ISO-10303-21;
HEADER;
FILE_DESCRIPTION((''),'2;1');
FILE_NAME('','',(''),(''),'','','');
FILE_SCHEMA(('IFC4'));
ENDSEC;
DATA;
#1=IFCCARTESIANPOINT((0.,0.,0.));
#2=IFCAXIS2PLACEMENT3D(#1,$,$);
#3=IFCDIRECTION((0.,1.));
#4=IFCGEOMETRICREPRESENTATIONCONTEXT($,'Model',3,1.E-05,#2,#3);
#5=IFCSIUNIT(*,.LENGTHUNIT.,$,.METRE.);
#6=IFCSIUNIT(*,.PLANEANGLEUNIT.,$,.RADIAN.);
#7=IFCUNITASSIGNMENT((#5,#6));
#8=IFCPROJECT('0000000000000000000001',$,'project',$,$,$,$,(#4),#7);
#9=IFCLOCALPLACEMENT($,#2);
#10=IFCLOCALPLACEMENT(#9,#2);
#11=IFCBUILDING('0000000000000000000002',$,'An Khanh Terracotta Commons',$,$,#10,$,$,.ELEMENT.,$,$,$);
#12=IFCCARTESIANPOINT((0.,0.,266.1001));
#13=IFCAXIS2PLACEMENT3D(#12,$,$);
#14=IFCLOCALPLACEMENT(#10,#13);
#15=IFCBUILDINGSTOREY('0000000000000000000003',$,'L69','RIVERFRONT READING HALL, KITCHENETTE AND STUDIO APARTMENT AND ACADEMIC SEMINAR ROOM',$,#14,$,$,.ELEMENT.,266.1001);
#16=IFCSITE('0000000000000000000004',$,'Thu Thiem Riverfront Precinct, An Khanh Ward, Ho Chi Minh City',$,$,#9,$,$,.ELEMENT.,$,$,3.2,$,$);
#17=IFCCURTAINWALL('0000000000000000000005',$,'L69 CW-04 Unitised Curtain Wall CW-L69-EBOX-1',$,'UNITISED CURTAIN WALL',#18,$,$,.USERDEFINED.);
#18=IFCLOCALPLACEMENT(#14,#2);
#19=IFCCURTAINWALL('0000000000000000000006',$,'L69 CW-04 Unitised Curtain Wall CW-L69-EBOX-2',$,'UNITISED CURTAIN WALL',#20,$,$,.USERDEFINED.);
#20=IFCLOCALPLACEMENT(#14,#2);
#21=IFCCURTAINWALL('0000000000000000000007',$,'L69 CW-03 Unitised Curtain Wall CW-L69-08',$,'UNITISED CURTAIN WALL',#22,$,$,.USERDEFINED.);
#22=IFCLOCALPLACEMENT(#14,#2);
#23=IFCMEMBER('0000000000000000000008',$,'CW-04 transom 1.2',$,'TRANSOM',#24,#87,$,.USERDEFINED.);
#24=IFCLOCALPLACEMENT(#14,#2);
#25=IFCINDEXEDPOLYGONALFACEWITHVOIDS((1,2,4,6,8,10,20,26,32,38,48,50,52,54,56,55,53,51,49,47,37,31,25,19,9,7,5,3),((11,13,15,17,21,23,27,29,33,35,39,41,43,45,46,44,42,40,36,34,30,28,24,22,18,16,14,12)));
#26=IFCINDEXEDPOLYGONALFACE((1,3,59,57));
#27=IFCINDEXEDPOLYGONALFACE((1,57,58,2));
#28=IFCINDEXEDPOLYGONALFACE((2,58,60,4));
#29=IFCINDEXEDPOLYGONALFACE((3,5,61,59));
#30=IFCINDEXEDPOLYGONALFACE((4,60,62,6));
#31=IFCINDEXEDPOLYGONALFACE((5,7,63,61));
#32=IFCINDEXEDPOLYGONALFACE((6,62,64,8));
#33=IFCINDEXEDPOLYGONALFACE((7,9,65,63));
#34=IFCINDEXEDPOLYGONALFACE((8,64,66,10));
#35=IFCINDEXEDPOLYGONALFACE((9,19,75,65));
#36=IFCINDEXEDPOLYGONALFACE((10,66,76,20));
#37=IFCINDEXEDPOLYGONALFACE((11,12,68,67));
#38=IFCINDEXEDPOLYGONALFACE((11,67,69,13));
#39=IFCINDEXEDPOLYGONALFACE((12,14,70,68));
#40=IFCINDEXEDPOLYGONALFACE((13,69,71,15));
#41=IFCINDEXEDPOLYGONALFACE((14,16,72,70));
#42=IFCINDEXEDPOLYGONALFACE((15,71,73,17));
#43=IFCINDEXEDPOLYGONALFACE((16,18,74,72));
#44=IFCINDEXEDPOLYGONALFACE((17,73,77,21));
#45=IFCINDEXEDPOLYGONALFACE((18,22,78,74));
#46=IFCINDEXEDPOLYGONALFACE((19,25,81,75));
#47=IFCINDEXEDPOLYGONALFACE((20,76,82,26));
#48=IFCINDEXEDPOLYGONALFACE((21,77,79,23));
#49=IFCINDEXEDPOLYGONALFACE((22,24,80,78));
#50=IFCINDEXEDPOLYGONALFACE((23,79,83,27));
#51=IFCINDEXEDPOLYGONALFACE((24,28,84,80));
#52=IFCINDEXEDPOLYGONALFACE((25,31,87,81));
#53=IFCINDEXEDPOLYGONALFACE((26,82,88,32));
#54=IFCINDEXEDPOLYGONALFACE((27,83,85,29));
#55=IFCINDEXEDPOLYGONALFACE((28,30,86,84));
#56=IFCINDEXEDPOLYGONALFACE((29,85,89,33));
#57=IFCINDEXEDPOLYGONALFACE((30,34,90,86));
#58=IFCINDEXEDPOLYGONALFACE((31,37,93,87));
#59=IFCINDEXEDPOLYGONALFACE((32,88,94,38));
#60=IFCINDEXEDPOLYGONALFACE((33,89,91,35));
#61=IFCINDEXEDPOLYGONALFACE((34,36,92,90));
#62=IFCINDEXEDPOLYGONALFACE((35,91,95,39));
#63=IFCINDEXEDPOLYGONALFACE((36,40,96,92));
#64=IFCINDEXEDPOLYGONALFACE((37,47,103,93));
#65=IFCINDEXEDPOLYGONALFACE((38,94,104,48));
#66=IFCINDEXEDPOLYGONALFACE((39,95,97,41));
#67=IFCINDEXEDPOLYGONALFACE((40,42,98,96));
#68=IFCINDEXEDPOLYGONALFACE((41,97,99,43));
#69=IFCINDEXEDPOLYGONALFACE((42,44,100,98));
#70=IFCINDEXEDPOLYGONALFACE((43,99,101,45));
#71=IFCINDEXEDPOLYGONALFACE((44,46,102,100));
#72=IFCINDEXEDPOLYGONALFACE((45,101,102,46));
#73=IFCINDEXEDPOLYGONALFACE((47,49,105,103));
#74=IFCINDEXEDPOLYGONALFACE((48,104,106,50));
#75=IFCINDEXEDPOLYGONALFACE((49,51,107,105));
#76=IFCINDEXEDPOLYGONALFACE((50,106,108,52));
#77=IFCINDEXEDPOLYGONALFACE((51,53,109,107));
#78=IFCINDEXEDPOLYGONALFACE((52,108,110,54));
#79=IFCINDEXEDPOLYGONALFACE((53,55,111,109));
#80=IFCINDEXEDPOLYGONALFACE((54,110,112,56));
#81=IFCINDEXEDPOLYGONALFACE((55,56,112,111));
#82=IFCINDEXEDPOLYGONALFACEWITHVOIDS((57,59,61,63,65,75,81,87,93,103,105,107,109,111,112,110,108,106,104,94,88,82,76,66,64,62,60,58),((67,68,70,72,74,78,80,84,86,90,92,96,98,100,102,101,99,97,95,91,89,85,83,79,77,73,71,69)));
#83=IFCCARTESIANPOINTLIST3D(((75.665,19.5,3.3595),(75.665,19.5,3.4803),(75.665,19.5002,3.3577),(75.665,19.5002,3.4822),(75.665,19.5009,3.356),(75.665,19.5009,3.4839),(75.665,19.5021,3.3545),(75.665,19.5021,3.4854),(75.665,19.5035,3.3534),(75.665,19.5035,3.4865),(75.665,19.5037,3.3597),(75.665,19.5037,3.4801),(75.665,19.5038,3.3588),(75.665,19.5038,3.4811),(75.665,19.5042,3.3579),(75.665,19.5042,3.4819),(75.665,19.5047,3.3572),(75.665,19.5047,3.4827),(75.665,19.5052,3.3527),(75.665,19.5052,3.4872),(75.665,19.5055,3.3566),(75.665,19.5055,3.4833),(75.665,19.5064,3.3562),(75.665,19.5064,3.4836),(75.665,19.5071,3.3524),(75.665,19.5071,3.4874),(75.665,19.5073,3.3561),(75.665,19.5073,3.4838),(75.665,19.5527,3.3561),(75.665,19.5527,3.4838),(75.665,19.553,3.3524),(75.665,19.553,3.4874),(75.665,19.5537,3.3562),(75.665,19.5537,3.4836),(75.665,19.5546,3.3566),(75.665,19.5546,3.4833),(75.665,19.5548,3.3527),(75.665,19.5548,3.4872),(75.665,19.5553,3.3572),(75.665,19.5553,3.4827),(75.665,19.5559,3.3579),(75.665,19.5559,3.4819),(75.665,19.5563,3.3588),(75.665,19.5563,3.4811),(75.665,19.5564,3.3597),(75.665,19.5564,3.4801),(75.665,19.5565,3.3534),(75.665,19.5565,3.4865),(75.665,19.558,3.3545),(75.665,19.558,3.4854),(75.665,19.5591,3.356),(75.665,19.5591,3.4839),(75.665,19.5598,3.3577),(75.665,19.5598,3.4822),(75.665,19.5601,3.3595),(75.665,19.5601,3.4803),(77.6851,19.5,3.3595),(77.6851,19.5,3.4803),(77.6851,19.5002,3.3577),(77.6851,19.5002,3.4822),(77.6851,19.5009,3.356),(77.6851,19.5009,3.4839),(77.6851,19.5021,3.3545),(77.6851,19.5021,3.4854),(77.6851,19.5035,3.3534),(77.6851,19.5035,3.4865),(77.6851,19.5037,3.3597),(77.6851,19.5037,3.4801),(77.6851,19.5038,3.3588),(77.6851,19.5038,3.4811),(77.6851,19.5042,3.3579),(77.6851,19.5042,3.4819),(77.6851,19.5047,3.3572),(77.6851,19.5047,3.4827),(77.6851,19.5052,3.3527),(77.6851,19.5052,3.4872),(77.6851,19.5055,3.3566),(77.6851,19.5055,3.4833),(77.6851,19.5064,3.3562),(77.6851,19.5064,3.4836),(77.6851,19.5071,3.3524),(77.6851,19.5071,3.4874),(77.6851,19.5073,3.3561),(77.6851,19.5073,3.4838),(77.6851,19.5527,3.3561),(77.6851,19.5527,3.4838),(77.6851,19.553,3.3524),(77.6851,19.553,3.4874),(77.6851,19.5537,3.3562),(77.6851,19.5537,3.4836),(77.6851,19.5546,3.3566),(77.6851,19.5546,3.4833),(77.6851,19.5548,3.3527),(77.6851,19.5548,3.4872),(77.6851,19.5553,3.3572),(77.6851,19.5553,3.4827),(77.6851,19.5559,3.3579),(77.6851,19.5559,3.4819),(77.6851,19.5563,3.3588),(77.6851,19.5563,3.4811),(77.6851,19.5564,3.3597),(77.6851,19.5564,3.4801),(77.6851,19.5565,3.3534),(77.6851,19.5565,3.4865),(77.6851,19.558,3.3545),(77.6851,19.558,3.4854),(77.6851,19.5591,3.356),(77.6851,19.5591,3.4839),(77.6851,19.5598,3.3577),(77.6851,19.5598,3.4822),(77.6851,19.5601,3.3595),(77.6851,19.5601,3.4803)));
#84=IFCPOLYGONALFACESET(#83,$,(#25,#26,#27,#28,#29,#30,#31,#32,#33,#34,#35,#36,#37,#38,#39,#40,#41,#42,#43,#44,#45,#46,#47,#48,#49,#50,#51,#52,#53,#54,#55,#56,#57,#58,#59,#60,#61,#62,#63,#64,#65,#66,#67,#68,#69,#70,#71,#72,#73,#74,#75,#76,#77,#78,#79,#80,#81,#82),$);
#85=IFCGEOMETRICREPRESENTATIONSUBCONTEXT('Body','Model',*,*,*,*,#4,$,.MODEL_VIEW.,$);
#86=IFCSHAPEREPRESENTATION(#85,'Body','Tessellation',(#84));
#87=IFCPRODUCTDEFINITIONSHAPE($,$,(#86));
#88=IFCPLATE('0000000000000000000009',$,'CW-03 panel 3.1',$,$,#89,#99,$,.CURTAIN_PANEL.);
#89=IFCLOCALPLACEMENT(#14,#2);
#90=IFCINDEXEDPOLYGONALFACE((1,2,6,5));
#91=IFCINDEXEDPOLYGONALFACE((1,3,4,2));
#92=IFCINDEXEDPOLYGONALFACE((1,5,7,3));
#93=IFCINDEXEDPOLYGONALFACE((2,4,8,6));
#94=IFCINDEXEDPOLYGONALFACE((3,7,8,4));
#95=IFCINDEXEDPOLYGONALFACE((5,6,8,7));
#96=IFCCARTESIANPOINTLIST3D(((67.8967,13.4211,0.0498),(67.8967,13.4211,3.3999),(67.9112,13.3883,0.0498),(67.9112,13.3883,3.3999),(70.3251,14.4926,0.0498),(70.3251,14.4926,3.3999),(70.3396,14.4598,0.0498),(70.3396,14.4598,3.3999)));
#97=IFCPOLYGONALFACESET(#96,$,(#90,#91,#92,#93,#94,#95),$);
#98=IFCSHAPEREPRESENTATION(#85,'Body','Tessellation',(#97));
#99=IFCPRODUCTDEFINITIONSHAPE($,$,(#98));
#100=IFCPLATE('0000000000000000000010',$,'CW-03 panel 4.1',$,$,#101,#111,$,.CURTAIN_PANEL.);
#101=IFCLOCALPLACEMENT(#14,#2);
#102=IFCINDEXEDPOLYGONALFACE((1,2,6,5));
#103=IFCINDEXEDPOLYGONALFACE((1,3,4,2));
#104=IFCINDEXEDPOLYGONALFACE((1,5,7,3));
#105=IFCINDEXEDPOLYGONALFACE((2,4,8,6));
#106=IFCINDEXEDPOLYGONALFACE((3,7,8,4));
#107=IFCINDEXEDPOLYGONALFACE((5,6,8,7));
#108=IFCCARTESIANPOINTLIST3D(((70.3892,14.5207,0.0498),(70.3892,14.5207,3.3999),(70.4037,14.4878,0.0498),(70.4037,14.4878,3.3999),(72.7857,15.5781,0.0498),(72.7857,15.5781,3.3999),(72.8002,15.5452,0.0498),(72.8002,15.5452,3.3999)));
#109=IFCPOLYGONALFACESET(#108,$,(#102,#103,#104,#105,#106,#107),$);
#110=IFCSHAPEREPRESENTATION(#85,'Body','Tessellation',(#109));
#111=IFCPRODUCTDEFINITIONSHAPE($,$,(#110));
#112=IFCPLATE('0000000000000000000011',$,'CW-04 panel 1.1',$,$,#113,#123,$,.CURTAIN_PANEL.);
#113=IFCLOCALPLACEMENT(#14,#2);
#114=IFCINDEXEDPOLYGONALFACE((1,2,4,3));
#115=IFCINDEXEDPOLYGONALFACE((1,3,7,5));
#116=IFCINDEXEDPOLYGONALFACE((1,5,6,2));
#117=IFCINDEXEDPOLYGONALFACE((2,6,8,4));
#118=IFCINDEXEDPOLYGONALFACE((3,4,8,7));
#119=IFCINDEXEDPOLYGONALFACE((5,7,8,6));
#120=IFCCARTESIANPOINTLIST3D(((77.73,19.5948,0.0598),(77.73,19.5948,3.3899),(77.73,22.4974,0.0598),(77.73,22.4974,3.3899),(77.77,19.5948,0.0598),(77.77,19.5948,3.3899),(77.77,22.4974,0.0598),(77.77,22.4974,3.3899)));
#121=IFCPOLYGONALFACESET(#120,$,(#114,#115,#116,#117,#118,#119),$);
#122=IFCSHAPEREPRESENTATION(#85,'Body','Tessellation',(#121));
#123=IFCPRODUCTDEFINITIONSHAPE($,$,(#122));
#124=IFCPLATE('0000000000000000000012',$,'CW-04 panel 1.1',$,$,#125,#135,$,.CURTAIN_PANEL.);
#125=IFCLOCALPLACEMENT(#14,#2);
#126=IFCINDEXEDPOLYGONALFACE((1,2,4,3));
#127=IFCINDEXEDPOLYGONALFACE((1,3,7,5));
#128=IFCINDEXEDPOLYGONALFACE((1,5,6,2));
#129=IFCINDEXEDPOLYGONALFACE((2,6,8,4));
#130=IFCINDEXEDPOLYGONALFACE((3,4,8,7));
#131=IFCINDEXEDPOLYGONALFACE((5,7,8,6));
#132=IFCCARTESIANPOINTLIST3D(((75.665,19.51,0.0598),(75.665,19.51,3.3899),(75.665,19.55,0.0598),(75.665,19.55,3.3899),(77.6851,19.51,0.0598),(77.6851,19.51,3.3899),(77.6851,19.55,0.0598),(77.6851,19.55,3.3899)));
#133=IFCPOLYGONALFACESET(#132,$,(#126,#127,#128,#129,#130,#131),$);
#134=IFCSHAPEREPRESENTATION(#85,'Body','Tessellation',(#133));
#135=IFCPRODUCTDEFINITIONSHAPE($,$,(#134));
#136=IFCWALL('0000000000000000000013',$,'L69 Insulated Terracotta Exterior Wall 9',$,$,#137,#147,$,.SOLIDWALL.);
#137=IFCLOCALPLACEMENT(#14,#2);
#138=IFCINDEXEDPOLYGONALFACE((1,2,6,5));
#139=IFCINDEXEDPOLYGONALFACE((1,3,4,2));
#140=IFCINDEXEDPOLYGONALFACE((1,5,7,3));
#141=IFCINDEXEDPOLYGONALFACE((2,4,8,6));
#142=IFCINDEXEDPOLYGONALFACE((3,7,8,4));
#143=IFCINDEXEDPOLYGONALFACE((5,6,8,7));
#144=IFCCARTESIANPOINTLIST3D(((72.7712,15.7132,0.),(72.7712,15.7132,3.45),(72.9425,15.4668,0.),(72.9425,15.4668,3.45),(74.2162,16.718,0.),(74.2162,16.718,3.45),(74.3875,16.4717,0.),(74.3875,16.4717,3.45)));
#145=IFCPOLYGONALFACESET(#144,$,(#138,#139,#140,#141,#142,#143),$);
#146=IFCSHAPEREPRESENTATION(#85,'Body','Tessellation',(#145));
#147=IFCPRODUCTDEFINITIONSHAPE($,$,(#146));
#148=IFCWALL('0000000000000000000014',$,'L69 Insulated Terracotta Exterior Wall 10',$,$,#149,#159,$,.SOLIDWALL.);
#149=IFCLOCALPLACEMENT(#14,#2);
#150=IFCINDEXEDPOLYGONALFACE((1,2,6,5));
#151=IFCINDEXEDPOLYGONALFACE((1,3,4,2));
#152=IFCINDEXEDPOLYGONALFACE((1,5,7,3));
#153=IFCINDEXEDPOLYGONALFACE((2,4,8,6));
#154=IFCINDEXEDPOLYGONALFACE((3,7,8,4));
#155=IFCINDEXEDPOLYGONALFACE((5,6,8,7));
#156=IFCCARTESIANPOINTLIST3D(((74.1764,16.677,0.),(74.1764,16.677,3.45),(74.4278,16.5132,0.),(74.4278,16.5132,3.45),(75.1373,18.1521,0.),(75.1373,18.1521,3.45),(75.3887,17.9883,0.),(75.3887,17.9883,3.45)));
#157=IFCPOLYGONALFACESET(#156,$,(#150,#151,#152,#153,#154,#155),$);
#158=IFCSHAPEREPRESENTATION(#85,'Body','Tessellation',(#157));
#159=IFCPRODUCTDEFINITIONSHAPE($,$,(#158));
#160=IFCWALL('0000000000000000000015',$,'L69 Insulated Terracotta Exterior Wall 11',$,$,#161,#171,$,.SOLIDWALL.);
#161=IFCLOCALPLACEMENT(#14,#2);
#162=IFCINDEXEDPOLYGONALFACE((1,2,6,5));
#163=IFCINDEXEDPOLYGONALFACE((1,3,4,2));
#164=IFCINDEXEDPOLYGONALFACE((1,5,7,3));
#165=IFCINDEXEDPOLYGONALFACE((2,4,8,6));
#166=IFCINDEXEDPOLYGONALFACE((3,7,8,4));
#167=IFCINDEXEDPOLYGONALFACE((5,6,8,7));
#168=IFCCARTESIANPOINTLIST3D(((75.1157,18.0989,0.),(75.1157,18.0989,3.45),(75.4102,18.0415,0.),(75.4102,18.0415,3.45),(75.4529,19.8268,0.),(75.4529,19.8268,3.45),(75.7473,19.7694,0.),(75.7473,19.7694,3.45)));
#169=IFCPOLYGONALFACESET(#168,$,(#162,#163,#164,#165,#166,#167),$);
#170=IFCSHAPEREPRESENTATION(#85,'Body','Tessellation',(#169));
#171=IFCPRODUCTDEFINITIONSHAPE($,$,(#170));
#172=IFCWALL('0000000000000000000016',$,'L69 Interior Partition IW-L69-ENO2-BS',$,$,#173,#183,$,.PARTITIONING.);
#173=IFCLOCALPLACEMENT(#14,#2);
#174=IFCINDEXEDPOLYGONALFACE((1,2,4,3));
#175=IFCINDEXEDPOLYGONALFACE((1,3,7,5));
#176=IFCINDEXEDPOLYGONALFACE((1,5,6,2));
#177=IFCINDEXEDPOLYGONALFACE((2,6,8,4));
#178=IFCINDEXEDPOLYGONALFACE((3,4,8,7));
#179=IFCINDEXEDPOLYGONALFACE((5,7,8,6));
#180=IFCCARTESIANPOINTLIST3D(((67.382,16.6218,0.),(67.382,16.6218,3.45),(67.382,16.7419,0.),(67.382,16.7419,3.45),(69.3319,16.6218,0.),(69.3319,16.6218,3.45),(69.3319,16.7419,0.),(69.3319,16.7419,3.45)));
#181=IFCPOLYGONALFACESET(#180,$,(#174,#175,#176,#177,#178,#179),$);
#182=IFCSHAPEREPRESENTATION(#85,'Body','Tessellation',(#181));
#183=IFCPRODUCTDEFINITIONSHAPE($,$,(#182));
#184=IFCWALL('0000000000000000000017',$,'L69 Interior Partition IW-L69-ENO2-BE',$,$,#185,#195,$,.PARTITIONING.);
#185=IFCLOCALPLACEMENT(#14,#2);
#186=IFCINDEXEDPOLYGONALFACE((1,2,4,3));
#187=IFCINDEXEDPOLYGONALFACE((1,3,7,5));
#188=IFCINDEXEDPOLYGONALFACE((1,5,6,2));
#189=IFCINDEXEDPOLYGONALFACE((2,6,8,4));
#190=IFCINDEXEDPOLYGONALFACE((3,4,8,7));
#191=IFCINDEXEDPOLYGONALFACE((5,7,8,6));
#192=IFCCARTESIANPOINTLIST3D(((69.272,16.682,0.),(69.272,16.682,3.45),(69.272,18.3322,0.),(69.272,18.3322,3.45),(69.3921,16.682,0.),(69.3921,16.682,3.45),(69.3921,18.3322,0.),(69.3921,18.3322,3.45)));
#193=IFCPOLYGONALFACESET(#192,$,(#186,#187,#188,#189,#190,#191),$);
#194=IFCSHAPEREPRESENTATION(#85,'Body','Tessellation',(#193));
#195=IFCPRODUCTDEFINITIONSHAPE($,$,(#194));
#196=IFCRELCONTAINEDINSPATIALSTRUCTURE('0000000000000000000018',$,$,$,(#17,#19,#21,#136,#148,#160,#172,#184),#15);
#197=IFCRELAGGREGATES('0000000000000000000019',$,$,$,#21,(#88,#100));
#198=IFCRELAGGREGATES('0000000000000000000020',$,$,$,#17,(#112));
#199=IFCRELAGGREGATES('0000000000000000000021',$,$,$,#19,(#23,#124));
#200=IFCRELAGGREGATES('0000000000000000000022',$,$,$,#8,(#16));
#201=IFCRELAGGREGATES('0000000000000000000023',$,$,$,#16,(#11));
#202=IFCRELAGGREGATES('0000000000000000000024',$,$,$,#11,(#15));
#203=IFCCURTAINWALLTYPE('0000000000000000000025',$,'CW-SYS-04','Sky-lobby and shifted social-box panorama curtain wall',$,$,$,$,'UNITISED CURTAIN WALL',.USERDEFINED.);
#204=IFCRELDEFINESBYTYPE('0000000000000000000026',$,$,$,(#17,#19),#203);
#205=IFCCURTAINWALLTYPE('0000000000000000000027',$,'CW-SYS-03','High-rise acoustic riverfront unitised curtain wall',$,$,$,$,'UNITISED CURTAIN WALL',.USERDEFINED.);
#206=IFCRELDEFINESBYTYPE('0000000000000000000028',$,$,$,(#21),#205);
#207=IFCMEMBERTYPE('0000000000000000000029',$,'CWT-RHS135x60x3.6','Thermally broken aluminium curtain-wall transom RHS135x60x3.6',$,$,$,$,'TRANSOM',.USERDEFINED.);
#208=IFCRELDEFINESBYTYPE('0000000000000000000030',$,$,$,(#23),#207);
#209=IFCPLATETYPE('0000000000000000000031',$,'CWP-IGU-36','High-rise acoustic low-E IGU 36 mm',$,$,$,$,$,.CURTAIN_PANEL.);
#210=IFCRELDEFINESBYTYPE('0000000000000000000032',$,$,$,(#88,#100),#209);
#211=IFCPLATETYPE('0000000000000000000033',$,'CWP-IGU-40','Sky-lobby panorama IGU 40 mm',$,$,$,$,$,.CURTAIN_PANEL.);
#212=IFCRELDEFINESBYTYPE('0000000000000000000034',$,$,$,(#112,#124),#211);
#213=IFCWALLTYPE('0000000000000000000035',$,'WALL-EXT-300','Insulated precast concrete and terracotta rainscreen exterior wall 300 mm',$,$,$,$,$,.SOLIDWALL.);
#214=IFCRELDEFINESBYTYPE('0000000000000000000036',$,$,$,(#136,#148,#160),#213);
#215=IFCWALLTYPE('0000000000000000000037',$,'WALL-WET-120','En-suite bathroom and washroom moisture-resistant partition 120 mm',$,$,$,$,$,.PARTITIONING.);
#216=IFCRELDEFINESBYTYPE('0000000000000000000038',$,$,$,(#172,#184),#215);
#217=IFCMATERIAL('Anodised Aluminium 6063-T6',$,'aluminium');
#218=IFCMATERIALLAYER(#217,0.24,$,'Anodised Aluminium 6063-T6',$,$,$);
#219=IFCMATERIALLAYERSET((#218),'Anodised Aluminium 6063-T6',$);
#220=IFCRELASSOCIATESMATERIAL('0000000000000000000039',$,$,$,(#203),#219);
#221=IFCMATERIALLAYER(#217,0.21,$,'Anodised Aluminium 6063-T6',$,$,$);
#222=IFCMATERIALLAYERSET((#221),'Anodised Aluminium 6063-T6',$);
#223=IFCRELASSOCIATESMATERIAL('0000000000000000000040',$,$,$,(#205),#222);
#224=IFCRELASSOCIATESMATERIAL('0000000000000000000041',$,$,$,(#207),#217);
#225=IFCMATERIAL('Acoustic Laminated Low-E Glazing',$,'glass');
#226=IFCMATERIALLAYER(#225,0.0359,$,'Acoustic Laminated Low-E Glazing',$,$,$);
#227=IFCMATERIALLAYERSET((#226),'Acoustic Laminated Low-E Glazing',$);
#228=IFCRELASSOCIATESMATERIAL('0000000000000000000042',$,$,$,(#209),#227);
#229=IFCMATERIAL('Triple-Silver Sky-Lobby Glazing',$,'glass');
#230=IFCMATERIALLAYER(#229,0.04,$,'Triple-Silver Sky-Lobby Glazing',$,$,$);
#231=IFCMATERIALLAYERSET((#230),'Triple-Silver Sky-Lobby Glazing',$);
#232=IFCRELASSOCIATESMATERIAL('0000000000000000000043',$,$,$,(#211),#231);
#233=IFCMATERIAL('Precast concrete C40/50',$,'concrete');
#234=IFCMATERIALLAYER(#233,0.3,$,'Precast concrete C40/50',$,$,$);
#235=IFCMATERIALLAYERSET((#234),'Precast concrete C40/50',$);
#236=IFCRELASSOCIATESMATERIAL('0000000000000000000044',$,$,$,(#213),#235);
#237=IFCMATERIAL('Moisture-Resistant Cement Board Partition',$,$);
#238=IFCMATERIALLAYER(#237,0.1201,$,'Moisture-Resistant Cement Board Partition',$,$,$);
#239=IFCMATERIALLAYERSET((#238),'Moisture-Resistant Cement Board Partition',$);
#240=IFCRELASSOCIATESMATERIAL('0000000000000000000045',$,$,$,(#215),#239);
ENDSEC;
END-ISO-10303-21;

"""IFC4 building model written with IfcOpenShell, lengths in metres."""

from ifc_helpers import new_model, si_unit, direction, frame, frame_2d, origin, origin_2d, place, context, subcontext, project, spatial, rectangle, hollow_rectangle, extrude, material, layer, layer_set, material_profile, profile_set, type_object, element, aggregate, save


model = new_model("IFC4")

# Units and contexts
model_context = context("Model", 3, precision=1e-05, world=origin(), true_north=direction((0.0, 1.0)))
body_context = subcontext(model_context, "Body", "Model", "MODEL_VIEW")
ifc_project = project(units=[si_unit("LENGTHUNIT", "METRE"), si_unit("PLANEANGLEUNIT", "RADIAN")], contexts=[model_context])

# Site, building, storey
site_placement = place(None, origin())
site = spatial("IfcSite", under=ifc_project, at=site_placement, Name="Thu Thiem Riverfront Precinct, An Khanh Ward, Ho Chi Minh City", CompositionType="ELEMENT", RefElevation=3.2)
building_placement = place(site_placement, origin())
building = spatial("IfcBuilding", under=site, at=building_placement, Name="An Khanh Terracotta Commons", CompositionType="ELEMENT")
storey_placement = place(building_placement, frame((0.0, 0.0, 266.1001)))
storey = spatial("IfcBuildingStorey", under=building, at=storey_placement, Name="L69", Description="RIVERFRONT READING HALL, KITCHENETTE AND STUDIO APARTMENT AND ACADEMIC SEMINAR ROOM", CompositionType="ELEMENT", Elevation=266.1001)

# Curtain walls
ifc_material_1 = material(Name="Anodised Aluminium 6063-T6", Category="aluminium")
ifc_layer_1 = layer(ifc_material_1, 0.24, Name="Anodised Aluminium 6063-T6")
ifc_layer_set_1 = layer_set([ifc_layer_1], Name="Anodised Aluminium 6063-T6")
curtain_wall_type_1 = type_object("IfcCurtainWallType", Name="CW-SYS-04", Description="Sky-lobby and shifted social-box panorama curtain wall", ElementType="UNITISED CURTAIN WALL", PredefinedType="USERDEFINED", material=ifc_layer_set_1)
curtain_wall_1_placement = place(storey_placement, origin())
curtain_wall_1 = element("IfcCurtainWall", 1, at=curtain_wall_1_placement, inside=storey, type_object=curtain_wall_type_1, Name="L69 CW-04 Unitised Curtain Wall CW-L69-EBOX-1", ObjectType="UNITISED CURTAIN WALL", PredefinedType="USERDEFINED")
curtain_wall_2_placement = place(storey_placement, origin())
curtain_wall_2 = element("IfcCurtainWall", 2, at=curtain_wall_2_placement, inside=storey, type_object=curtain_wall_type_1, Name="L69 CW-04 Unitised Curtain Wall CW-L69-EBOX-2", ObjectType="UNITISED CURTAIN WALL", PredefinedType="USERDEFINED")
ifc_layer_2 = layer(ifc_material_1, 0.21, Name="Anodised Aluminium 6063-T6")
ifc_layer_set_2 = layer_set([ifc_layer_2], Name="Anodised Aluminium 6063-T6")
curtain_wall_type_2 = type_object("IfcCurtainWallType", Name="CW-SYS-03", Description="High-rise acoustic riverfront unitised curtain wall", ElementType="UNITISED CURTAIN WALL", PredefinedType="USERDEFINED", material=ifc_layer_set_2)
curtain_wall_3_placement = place(storey_placement, origin())
curtain_wall_3 = element("IfcCurtainWall", 3, at=curtain_wall_3_placement, inside=storey, type_object=curtain_wall_type_2, Name="L69 CW-03 Unitised Curtain Wall CW-L69-08", ObjectType="UNITISED CURTAIN WALL", PredefinedType="USERDEFINED")

# Member
ifc_material_profile_1 = material_profile(ifc_material_1, hollow_rectangle(XDim=0.0601, YDim=0.135, WallThickness=0.0037, InnerFilletRadius=0.0037, OuterFilletRadius=0.0071, at=origin_2d()), Name="RHS135x60x3.6")
ifc_profile_set_1 = profile_set([ifc_material_profile_1], Name="Anodised Aluminium 6063-T6")
member_type_1 = type_object("IfcMemberType", Name="CWT-RHS135x60x3.6", Description="Thermally broken aluminium curtain-wall transom RHS135x60x3.6", ElementType="TRANSOM", PredefinedType="USERDEFINED", material=ifc_profile_set_1)
member_1_placement = place(storey_placement, frame((75.665, 19.53, 3.4199), z_axis=(1.0, 0.0, 0.0), x_axis=(0.0, 1.0, 0.0)))
member_1 = element("IfcMember", 4, at=member_1_placement, type_object=member_type_1, Name="CW-04 transom 1.2", ObjectType="TRANSOM", PredefinedType="USERDEFINED", context=body_context, shape_type="SweptSolid", body=[
    extrude(hollow_rectangle(XDim=0.0601, YDim=0.135, WallThickness=0.0037, InnerFilletRadius=0.0037, OuterFilletRadius=0.0071, at=origin_2d()), origin(), (0.0, 0.0, 1.0), 2.02),
])

# Plates
ifc_material_2 = material(Name="Acoustic Laminated Low-E Glazing", Category="glass")
ifc_layer_3 = layer(ifc_material_2, 0.0359, Name="Acoustic Laminated Low-E Glazing")
ifc_layer_set_3 = layer_set([ifc_layer_3], Name="Acoustic Laminated Low-E Glazing")
plate_type_1 = type_object("IfcPlateType", Name="CWP-IGU-36", Description="High-rise acoustic low-E IGU 36 mm", PredefinedType="CURTAIN_PANEL", material=ifc_layer_set_3)
plate_1_placement = place(storey_placement, frame((69.1182, 13.9404, 0.0498), z_axis=(0.0, 0.0, 1.0), x_axis=(0.914902, 0.403676, 0.0)))
plate_1 = element("IfcPlate", 5, at=plate_1_placement, type_object=plate_type_1, Name="CW-03 panel 3.1", PredefinedType="CURTAIN_PANEL", context=body_context, shape_type="SweptSolid", body=[
    extrude(rectangle(XDim=2.6543, YDim=0.0359, at=origin_2d()), origin(), (0.0, 0.0, 1.0), 3.3501),
])
plate_2_placement = place(storey_placement, frame((71.5947, 15.033, 0.0498), z_axis=(0.0, 0.0, 1.0), x_axis=(0.914902, 0.403676, 0.0)))
plate_2 = element("IfcPlate", 6, at=plate_2_placement, type_object=plate_type_1, Name="CW-03 panel 4.1", PredefinedType="CURTAIN_PANEL", context=body_context, shape_type="SweptSolid", body=[
    extrude(rectangle(XDim=2.6194, YDim=0.0359, at=origin_2d()), origin(), (0.0, 0.0, 1.0), 3.3501),
])
aggregate(curtain_wall_3, [plate_1, plate_2])
ifc_material_3 = material(Name="Triple-Silver Sky-Lobby Glazing", Category="glass")
ifc_layer_4 = layer(ifc_material_3, 0.04, Name="Triple-Silver Sky-Lobby Glazing")
ifc_layer_set_4 = layer_set([ifc_layer_4], Name="Triple-Silver Sky-Lobby Glazing")
plate_type_2 = type_object("IfcPlateType", Name="CWP-IGU-40", Description="Sky-lobby panorama IGU 40 mm", PredefinedType="CURTAIN_PANEL", material=ifc_layer_set_4)
plate_3_placement = place(storey_placement, frame((77.75, 21.0461, 0.0598), z_axis=(0.0, 0.0, 1.0), x_axis=(0.0, 1.0, 0.0)))
plate_3 = element("IfcPlate", 7, at=plate_3_placement, type_object=plate_type_2, Name="CW-04 panel 1.1", PredefinedType="CURTAIN_PANEL", context=body_context, shape_type="SweptSolid", body=[
    extrude(rectangle(XDim=2.9026, YDim=0.04, at=origin_2d()), origin(), (0.0, 0.0, 1.0), 3.3301),
])
aggregate(curtain_wall_1, [plate_3])
plate_4_placement = place(storey_placement, frame((76.675, 19.53, 0.0598), z_axis=(0.0, 0.0, 1.0), x_axis=(1.0, 0.0, 0.0)))
plate_4 = element("IfcPlate", 8, at=plate_4_placement, type_object=plate_type_2, Name="CW-04 panel 1.1", PredefinedType="CURTAIN_PANEL", context=body_context, shape_type="SweptSolid", body=[
    extrude(rectangle(XDim=2.02, YDim=0.04, at=origin_2d()), origin(), (0.0, 0.0, 1.0), 3.3301),
])
aggregate(curtain_wall_2, [member_1, plate_4])

# Walls
ifc_material_4 = material(Name="Precast concrete C40/50", Category="concrete")
ifc_layer_5 = layer(ifc_material_4, 0.3, Name="Precast concrete C40/50")
ifc_layer_set_5 = layer_set([ifc_layer_5], Name="Precast concrete C40/50")
wall_type_1 = type_object("IfcWallType", Name="WALL-EXT-300", Description="Insulated precast concrete and terracotta rainscreen exterior wall 300 mm", PredefinedType="SOLIDWALL", material=ifc_layer_set_5)
wall_1_placement = place(storey_placement, frame((72.8569, 15.5901, 0.0), z_axis=(0.0, 0.0, 1.0), x_axis=(0.821007, 0.570918, 0.0)))
element("IfcWall", 9, at=wall_1_placement, inside=storey, type_object=wall_type_1, Name="L69 Insulated Terracotta Exterior Wall 9", PredefinedType="SOLIDWALL", context=body_context, shape_type="SweptSolid", body=[
    extrude(rectangle(XDim=1.76, YDim=0.3, at=frame_2d((0.8799, 0.0))), origin(), (0.0, 0.0, 1.0), 3.45),
])
for number, where, z_axis, x_axis, name in (
    (10, (74.302, 16.595, 0.0), (0.0, 0.0, 1.0), (0.545836, 0.837892, 0.0), "L69 Insulated Terracotta Exterior Wall 10"),
    (11, (75.2629, 18.0701, 0.0), (0.0, 0.0, 1.0), (0.191501, 0.981492, 0.0), "L69 Insulated Terracotta Exterior Wall 11"),
):
    element("IfcWall", number, at=place(storey_placement, frame(where, z_axis=z_axis, x_axis=x_axis)), inside=storey, type_object=wall_type_1, Name=name, PredefinedType="SOLIDWALL", context=body_context, shape_type="SweptSolid", body=[
        extrude(rectangle(XDim=1.7605, YDim=0.3, at=frame_2d((0.8804, 0.0))), origin(), (0.0, 0.0, 1.0), 3.45),
    ])
ifc_material_5 = material(Name="Moisture-Resistant Cement Board Partition")
ifc_layer_6 = layer(ifc_material_5, 0.1201, Name="Moisture-Resistant Cement Board Partition")
ifc_layer_set_6 = layer_set([ifc_layer_6], Name="Moisture-Resistant Cement Board Partition")
wall_type_2 = type_object("IfcWallType", Name="WALL-WET-120", Description="En-suite bathroom and washroom moisture-resistant partition 120 mm", PredefinedType="PARTITIONING", material=ifc_layer_set_6)
wall_2_placement = place(storey_placement, frame((69.332, 16.6819, 0.0), z_axis=(0.0, 0.0, 1.0), x_axis=(-1.0, 0.0, 0.0)))
element("IfcWall", 12, at=wall_2_placement, inside=storey, type_object=wall_type_2, Name="L69 Interior Partition IW-L69-ENO2-BS", PredefinedType="PARTITIONING", context=body_context, shape_type="SweptSolid", body=[
    extrude(rectangle(XDim=1.95, YDim=0.1201, at=frame_2d((0.9751, 0.0))), origin(), (0.0, 0.0, 1.0), 3.45),
])
wall_3_placement = place(storey_placement, frame((69.332, 16.6819, 0.0), z_axis=(0.0, 0.0, 1.0), x_axis=(0.0, 1.0, 0.0)))
element("IfcWall", 13, at=wall_3_placement, inside=storey, type_object=wall_type_2, Name="L69 Interior Partition IW-L69-ENO2-BE", PredefinedType="PARTITIONING", context=body_context, shape_type="SweptSolid", body=[
    extrude(rectangle(XDim=1.6501, YDim=0.1201, at=frame_2d((0.8252, 0.0))), origin(), (0.0, 0.0, 1.0), 3.45),
])

save(model, "model.ifc")
